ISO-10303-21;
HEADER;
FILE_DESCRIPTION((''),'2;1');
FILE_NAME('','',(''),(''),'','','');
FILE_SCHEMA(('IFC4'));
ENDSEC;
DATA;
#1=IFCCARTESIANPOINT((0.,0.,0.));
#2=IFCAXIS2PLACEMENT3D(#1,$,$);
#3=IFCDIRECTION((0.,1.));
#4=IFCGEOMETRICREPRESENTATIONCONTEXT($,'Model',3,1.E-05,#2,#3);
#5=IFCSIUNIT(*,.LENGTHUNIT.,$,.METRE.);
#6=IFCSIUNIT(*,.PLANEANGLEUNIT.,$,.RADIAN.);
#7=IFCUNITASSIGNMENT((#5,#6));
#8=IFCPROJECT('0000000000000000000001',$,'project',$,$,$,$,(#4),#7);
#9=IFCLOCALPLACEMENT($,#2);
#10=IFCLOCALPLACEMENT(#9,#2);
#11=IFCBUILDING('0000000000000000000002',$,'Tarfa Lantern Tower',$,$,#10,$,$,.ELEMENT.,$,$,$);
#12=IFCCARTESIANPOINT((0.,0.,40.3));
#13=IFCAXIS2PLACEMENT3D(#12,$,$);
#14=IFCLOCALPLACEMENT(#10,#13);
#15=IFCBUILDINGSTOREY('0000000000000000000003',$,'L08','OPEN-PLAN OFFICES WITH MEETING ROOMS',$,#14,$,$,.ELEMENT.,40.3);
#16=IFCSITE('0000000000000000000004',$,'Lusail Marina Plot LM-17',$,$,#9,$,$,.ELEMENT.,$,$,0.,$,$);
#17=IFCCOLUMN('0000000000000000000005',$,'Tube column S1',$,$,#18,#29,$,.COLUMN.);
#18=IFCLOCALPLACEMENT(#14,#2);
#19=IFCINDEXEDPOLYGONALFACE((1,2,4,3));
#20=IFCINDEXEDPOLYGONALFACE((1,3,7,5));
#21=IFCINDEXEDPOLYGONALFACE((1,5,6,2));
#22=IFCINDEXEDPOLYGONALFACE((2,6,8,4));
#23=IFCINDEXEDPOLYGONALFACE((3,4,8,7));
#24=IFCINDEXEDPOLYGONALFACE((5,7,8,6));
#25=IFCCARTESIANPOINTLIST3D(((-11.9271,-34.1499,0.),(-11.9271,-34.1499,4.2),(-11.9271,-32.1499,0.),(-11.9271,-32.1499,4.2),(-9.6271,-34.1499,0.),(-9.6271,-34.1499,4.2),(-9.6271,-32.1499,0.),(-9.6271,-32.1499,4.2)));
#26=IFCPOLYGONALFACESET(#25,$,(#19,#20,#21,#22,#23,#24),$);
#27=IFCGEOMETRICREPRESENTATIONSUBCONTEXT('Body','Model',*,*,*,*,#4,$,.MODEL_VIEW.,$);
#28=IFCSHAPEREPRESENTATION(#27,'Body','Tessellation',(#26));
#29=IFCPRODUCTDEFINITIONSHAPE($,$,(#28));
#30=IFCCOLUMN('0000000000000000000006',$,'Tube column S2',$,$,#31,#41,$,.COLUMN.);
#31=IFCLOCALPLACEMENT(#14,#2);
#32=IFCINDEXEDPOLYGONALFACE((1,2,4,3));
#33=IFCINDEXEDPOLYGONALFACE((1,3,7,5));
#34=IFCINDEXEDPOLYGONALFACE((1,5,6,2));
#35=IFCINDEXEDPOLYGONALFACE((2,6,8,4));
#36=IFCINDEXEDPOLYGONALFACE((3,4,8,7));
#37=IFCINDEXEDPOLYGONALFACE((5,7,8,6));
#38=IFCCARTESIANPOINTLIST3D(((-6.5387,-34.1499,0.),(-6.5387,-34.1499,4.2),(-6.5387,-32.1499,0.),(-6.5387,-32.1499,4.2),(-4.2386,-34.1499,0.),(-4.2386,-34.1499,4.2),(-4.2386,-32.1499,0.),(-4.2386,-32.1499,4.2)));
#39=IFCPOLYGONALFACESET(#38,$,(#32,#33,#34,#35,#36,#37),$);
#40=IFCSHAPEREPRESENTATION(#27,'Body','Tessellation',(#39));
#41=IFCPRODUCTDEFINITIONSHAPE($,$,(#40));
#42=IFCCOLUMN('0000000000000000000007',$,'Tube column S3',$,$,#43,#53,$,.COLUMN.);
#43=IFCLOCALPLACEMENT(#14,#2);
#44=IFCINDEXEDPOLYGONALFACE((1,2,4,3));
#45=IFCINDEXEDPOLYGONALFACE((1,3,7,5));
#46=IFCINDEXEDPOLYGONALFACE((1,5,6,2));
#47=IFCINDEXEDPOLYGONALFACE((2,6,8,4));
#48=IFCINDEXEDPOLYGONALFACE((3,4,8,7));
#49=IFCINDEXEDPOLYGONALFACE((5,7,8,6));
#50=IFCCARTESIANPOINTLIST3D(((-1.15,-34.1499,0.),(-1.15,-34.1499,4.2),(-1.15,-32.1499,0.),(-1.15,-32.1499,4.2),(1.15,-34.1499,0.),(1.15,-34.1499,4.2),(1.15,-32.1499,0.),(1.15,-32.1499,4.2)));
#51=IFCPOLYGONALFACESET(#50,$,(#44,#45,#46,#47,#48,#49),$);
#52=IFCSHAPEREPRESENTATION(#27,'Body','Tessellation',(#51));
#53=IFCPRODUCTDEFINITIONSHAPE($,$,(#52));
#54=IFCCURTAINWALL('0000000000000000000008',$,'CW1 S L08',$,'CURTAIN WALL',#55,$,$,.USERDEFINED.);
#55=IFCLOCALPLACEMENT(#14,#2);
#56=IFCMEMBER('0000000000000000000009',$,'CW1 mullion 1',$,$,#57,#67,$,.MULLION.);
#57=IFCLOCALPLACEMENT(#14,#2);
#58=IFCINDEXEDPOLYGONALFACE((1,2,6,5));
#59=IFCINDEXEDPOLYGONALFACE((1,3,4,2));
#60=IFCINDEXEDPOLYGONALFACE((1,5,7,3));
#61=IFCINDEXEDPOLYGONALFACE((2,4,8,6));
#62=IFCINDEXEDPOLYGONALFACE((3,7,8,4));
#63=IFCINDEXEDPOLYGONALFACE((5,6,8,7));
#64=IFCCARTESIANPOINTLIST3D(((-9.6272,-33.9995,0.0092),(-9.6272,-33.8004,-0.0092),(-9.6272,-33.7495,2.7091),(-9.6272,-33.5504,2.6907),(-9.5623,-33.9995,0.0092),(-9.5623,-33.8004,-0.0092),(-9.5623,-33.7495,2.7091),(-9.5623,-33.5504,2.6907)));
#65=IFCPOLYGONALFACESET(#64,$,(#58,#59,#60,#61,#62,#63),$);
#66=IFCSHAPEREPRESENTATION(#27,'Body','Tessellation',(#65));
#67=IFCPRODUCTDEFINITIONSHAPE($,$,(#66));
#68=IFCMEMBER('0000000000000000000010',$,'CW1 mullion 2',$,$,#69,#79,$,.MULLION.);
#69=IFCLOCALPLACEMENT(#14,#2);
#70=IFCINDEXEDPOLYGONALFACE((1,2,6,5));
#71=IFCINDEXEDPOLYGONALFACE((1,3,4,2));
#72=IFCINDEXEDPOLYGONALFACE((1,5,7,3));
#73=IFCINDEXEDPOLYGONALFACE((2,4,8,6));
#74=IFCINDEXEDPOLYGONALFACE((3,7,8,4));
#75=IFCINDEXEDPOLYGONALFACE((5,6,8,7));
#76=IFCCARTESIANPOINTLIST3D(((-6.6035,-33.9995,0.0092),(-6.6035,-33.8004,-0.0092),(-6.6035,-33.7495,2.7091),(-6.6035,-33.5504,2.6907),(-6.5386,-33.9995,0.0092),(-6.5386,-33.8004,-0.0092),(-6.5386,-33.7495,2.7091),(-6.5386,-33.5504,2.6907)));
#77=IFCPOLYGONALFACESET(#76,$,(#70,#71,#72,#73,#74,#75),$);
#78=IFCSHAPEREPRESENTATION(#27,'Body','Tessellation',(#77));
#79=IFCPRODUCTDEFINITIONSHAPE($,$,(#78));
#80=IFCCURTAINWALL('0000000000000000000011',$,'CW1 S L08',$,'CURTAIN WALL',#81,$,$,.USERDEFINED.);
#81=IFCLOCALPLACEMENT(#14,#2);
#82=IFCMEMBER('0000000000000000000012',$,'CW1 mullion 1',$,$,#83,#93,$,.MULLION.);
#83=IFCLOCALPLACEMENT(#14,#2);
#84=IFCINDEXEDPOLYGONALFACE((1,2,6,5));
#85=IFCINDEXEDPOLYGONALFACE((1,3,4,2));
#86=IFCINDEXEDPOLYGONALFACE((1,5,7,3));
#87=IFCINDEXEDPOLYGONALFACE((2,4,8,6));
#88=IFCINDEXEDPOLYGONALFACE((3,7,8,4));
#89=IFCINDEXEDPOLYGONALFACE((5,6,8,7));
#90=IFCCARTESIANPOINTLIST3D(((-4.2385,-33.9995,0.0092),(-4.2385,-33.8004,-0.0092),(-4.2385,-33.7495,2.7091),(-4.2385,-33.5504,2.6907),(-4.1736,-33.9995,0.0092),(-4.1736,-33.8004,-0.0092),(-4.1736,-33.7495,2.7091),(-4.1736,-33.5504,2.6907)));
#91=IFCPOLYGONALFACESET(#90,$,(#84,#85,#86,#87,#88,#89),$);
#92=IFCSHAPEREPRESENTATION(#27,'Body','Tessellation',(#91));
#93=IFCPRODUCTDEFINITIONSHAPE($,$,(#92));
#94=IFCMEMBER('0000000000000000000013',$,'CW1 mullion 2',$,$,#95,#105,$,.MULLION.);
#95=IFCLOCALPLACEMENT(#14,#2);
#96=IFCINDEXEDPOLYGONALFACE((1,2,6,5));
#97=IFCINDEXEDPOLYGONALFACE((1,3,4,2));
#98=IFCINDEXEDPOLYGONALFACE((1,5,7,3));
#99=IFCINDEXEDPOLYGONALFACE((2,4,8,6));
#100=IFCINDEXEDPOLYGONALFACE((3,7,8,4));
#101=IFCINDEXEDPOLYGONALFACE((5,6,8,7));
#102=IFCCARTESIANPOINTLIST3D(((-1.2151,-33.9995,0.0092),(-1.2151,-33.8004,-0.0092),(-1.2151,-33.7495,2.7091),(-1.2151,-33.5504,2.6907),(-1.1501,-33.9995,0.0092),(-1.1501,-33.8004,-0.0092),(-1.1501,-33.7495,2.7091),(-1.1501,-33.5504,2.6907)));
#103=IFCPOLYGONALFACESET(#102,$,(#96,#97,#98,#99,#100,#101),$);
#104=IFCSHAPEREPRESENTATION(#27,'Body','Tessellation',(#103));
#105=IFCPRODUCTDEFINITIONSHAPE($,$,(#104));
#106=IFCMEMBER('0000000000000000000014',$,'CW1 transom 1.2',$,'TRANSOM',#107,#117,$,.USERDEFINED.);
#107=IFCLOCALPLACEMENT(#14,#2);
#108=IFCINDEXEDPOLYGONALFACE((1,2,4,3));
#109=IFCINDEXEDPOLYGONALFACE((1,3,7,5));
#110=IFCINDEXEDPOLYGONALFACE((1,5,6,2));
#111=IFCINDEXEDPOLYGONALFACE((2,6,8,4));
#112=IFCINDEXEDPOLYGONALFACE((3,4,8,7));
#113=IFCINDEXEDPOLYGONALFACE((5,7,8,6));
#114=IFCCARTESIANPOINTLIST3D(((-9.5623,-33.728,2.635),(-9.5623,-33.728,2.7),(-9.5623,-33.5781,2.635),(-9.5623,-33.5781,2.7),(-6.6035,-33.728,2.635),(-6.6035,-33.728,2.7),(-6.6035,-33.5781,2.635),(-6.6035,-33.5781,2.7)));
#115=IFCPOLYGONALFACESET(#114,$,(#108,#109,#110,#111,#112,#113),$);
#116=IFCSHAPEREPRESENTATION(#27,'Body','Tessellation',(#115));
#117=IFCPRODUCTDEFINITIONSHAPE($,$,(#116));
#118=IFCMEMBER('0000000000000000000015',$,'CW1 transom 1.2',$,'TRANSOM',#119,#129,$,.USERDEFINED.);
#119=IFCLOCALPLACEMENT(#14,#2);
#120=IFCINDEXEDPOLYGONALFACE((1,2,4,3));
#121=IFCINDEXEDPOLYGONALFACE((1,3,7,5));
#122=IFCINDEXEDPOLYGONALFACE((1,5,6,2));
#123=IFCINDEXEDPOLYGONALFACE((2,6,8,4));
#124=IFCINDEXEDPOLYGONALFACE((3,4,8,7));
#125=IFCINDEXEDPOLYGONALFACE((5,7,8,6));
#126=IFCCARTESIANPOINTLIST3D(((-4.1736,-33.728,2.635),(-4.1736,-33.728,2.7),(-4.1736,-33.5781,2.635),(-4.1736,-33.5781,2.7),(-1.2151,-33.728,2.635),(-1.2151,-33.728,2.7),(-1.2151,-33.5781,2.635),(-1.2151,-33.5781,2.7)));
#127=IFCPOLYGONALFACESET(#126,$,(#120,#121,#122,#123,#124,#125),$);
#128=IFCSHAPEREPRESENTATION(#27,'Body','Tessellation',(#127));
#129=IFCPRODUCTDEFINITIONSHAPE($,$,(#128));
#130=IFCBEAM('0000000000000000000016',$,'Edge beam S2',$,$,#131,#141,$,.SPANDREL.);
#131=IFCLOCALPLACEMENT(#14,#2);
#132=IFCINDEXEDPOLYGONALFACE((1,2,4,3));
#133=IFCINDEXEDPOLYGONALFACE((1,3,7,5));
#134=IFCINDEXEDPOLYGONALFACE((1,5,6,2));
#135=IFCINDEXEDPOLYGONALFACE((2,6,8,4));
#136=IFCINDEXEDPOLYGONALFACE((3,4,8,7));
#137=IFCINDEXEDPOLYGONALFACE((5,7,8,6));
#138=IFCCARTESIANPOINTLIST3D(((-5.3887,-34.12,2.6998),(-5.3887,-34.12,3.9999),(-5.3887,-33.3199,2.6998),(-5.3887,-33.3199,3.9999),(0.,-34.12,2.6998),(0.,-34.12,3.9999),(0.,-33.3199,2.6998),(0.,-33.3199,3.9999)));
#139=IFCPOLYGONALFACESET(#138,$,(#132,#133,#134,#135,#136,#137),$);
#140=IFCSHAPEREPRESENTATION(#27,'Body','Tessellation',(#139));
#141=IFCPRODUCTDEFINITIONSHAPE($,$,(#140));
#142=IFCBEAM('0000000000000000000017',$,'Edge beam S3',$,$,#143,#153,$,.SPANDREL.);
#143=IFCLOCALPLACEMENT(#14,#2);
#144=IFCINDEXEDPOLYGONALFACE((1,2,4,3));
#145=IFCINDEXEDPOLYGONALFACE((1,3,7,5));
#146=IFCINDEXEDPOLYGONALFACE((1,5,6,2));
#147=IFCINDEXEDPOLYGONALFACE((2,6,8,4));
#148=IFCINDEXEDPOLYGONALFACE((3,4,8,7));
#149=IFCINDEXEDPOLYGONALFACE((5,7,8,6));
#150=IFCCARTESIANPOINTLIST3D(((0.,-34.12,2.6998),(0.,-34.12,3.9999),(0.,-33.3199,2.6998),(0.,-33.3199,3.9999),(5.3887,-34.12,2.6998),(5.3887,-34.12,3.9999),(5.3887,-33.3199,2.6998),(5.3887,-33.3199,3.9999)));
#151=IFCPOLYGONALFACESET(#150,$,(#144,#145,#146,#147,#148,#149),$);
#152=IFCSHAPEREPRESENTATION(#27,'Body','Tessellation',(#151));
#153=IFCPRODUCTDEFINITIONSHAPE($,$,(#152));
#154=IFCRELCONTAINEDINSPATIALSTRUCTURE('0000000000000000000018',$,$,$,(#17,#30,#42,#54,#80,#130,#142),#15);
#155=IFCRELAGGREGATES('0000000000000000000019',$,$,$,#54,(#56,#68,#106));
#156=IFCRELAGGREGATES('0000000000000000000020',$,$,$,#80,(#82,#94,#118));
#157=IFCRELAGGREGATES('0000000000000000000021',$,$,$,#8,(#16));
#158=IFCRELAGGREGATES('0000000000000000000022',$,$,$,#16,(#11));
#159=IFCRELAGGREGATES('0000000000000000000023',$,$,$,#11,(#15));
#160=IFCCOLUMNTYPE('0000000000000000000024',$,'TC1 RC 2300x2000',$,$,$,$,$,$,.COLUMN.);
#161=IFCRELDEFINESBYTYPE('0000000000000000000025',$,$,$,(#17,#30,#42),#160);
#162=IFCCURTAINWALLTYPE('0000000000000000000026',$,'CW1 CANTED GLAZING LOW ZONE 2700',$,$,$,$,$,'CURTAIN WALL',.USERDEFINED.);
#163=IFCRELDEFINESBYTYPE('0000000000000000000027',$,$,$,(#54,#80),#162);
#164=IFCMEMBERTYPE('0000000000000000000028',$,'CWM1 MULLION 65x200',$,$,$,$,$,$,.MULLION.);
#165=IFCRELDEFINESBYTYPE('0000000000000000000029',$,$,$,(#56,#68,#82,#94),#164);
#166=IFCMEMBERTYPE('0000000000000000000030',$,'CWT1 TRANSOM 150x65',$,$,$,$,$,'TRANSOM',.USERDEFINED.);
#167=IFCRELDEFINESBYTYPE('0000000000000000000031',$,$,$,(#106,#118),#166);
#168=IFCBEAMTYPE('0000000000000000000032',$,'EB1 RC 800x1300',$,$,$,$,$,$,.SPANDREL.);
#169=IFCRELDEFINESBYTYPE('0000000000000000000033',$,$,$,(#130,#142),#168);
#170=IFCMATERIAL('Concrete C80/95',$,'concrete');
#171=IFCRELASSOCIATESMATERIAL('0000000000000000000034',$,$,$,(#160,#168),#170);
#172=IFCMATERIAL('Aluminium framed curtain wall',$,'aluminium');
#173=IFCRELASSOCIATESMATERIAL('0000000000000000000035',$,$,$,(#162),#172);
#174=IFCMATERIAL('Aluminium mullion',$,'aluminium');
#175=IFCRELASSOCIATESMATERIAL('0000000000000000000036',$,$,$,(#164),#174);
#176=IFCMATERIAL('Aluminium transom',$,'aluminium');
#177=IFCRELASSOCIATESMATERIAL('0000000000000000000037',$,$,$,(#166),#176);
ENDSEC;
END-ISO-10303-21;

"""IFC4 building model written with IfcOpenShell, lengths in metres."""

from ifc_helpers import new_model, si_unit, direction, frame, origin, origin_2d, place, context, subcontext, project, spatial, rectangle, extrude, material, material_profile, profile_set, type_object, element, aggregate, save


model = new_model("IFC4")

# Units and contexts
model_context = context("Model", 3, precision=1e-05, world=origin(), true_north=direction((0.0, 1.0)))
body_context = subcontext(model_context, "Body", "Model", "MODEL_VIEW")
ifc_project = project(units=[si_unit("LENGTHUNIT", "METRE"), si_unit("PLANEANGLEUNIT", "RADIAN")], contexts=[model_context])

# Site, building, storey
site_placement = place(None, origin())
site = spatial("IfcSite", under=ifc_project, at=site_placement, Name="Lusail Marina Plot LM-17", CompositionType="ELEMENT", RefElevation=0.0)
building_placement = place(site_placement, origin())
building = spatial("IfcBuilding", under=site, at=building_placement, Name="Tarfa Lantern Tower", CompositionType="ELEMENT")
storey_placement = place(building_placement, frame((0.0, 0.0, 40.3)))
storey = spatial("IfcBuildingStorey", under=building, at=storey_placement, Name="L08", Description="OPEN-PLAN OFFICES WITH MEETING ROOMS", CompositionType="ELEMENT", Elevation=40.3)

# Columns
ifc_material_1 = material(Name="Concrete C80/95", Category="concrete")
ifc_material_profile_1 = material_profile(ifc_material_1, rectangle(XDim=2.3, YDim=2.0, at=origin_2d()), Name="RC 2300x2000")
ifc_profile_set_1 = profile_set([ifc_material_profile_1], Name="Concrete C80/95")
column_type = type_object("IfcColumnType", Name="TC1 RC 2300x2000", PredefinedType="COLUMN", material=ifc_profile_set_1)
for number, where, z_axis, x_axis, name in (
    (1, (-10.7771, -33.1499, 0.0), (0.0, 0.0, 1.0), (1.0, 0.0, 0.0), "Tube column S1"),
    (2, (-5.3887, -33.1499, 0.0), (0.0, 0.0, 1.0), (1.0, 0.0, 0.0), "Tube column S2"),
    (3, (0.0, -33.1499, 0.0), (0.0, 0.0, 1.0), (1.0, 0.0, 0.0), "Tube column S3"),
):
    element("IfcColumn", number, at=place(storey_placement, frame(where, z_axis=z_axis, x_axis=x_axis)), inside=storey, type_object=column_type, Name=name, PredefinedType="COLUMN", context=body_context, shape_type="SweptSolid", body=[
        extrude(rectangle(XDim=2.3, YDim=2.0, at=origin_2d()), origin(), (0.0, 0.0, 1.0), 4.2),
    ])

# Curtain walls, members
ifc_material_2 = material(Name="Aluminium framed curtain wall", Category="aluminium")
curtain_wall_type = type_object("IfcCurtainWallType", Name="CW1 CANTED GLAZING LOW ZONE 2700", ElementType="CURTAIN WALL", PredefinedType="USERDEFINED", material=ifc_material_2)
curtain_wall_1_placement = place(storey_placement, origin())
curtain_wall_1 = element("IfcCurtainWall", 4, at=curtain_wall_1_placement, inside=storey, type_object=curtain_wall_type, Name="CW1 S L08", ObjectType="CURTAIN WALL", PredefinedType="USERDEFINED")
ifc_material_3 = material(Name="Aluminium mullion", Category="aluminium")
ifc_material_profile_2 = material_profile(ifc_material_3, rectangle(XDim=0.0649, YDim=0.2, at=origin_2d()), Name="AL MULLION 65x200")
ifc_profile_set_2 = profile_set([ifc_material_profile_2], Name="Aluminium mullion")
member_type_1 = type_object("IfcMemberType", Name="CWM1 MULLION 65x200", PredefinedType="MULLION", material=ifc_profile_set_2)
member_1_placement = place(storey_placement, frame((-9.5947, -33.8999, 0.0), z_axis=(0.0, 0.0922, 0.995741), x_axis=(-1.0, 0.0, 0.0)))
member_1 = element("IfcMember", 5, at=member_1_placement, type_object=member_type_1, Name="CW1 mullion 1", PredefinedType="MULLION", context=body_context, shape_type="SweptSolid", body=[
    extrude(rectangle(XDim=0.0649, YDim=0.2, at=origin_2d()), origin(), (0.0, 0.0, 1.0), 2.7114),
])
member_2_placement = place(storey_placement, frame((-6.571, -33.8999, 0.0), z_axis=(0.0, 0.0922, 0.995741), x_axis=(-1.0, 0.0, 0.0)))
member_2 = element("IfcMember", 6, at=member_2_placement, type_object=member_type_1, Name="CW1 mullion 2", PredefinedType="MULLION", context=body_context, shape_type="SweptSolid", body=[
    extrude(rectangle(XDim=0.0649, YDim=0.2, at=origin_2d()), origin(), (0.0, 0.0, 1.0), 2.7114),
])
curtain_wall_2_placement = place(storey_placement, origin())
curtain_wall_2 = element("IfcCurtainWall", 7, at=curtain_wall_2_placement, inside=storey, type_object=curtain_wall_type, Name="CW1 S L08", ObjectType="CURTAIN WALL", PredefinedType="USERDEFINED")
member_3_placement = place(storey_placement, frame((-4.2061, -33.8999, 0.0), z_axis=(0.0, 0.0922, 0.995741), x_axis=(-1.0, 0.0, 0.0)))
member_3 = element("IfcMember", 8, at=member_3_placement, type_object=member_type_1, Name="CW1 mullion 1", PredefinedType="MULLION", context=body_context, shape_type="SweptSolid", body=[
    extrude(rectangle(XDim=0.0649, YDim=0.2, at=origin_2d()), origin(), (0.0, 0.0, 1.0), 2.7114),
])
member_4_placement = place(storey_placement, frame((-1.1826, -33.8999, 0.0), z_axis=(0.0, 0.0922, 0.995741), x_axis=(-1.0, 0.0, 0.0)))
member_4 = element("IfcMember", 9, at=member_4_placement, type_object=member_type_1, Name="CW1 mullion 2", PredefinedType="MULLION", context=body_context, shape_type="SweptSolid", body=[
    extrude(rectangle(XDim=0.0649, YDim=0.2, at=origin_2d()), origin(), (0.0, 0.0, 1.0), 2.7114),
])

# Members
ifc_material_4 = material(Name="Aluminium transom", Category="aluminium")
ifc_material_profile_3 = material_profile(ifc_material_4, rectangle(XDim=0.1499, YDim=0.0649, at=origin_2d()), Name="AL TRANSOM 150x65")
ifc_profile_set_3 = profile_set([ifc_material_profile_3], Name="Aluminium transom")
member_type_2 = type_object("IfcMemberType", Name="CWT1 TRANSOM 150x65", ElementType="TRANSOM", PredefinedType="USERDEFINED", material=ifc_profile_set_3)
member_5_placement = place(storey_placement, frame((-9.5623, -33.6531, 2.6675), z_axis=(1.0, 0.0, 0.0), x_axis=(0.0, 1.0, 0.0)))
member_5 = element("IfcMember", 10, at=member_5_placement, type_object=member_type_2, Name="CW1 transom 1.2", ObjectType="TRANSOM", PredefinedType="USERDEFINED", context=body_context, shape_type="SweptSolid", body=[
    extrude(rectangle(XDim=0.1499, YDim=0.0649, at=origin_2d()), origin(), (0.0, 0.0, 1.0), 2.9587),
])
member_6_placement = place(storey_placement, frame((-4.1736, -33.6531, 2.6675), z_axis=(1.0, 0.0, 0.0), x_axis=(0.0, 1.0, 0.0)))
member_6 = element("IfcMember", 11, at=member_6_placement, type_object=member_type_2, Name="CW1 transom 1.2", ObjectType="TRANSOM", PredefinedType="USERDEFINED", context=body_context, shape_type="SweptSolid", body=[
    extrude(rectangle(XDim=0.1499, YDim=0.0649, at=origin_2d()), origin(), (0.0, 0.0, 1.0), 2.9585),
])

# Beams
ifc_material_profile_4 = material_profile(ifc_material_1, rectangle(XDim=0.8, YDim=1.3, at=origin_2d()), Name="RC 800x1300")
ifc_profile_set_4 = profile_set([ifc_material_profile_4], Name="Concrete C80/95")
beam_type_1 = type_object("IfcBeamType", Name="EB1 RC 800x1300", PredefinedType="SPANDREL", material=ifc_profile_set_4)
for number, where, z_axis, x_axis, name in (
    (12, (-5.3887, -33.72, 3.3499), (1.0, 0.0, 0.0), (0.0, 1.0, 0.0), "Edge beam S2"),
    (13, (0.0, -33.72, 3.3499), (1.0, 0.0, 0.0), (0.0, 1.0, 0.0), "Edge beam S3"),
):
    element("IfcBeam", number, at=place(storey_placement, frame(where, z_axis=z_axis, x_axis=x_axis)), inside=storey, type_object=beam_type_1, Name=name, PredefinedType="SPANDREL", context=body_context, shape_type="SweptSolid", body=[
        extrude(rectangle(XDim=0.8, YDim=1.3, at=origin_2d()), origin(), (0.0, 0.0, 1.0), 5.3887),
    ])

aggregate(curtain_wall_1, [member_1, member_2, member_5])
aggregate(curtain_wall_2, [member_3, member_4, member_6])

save(model, "model.ifc")
